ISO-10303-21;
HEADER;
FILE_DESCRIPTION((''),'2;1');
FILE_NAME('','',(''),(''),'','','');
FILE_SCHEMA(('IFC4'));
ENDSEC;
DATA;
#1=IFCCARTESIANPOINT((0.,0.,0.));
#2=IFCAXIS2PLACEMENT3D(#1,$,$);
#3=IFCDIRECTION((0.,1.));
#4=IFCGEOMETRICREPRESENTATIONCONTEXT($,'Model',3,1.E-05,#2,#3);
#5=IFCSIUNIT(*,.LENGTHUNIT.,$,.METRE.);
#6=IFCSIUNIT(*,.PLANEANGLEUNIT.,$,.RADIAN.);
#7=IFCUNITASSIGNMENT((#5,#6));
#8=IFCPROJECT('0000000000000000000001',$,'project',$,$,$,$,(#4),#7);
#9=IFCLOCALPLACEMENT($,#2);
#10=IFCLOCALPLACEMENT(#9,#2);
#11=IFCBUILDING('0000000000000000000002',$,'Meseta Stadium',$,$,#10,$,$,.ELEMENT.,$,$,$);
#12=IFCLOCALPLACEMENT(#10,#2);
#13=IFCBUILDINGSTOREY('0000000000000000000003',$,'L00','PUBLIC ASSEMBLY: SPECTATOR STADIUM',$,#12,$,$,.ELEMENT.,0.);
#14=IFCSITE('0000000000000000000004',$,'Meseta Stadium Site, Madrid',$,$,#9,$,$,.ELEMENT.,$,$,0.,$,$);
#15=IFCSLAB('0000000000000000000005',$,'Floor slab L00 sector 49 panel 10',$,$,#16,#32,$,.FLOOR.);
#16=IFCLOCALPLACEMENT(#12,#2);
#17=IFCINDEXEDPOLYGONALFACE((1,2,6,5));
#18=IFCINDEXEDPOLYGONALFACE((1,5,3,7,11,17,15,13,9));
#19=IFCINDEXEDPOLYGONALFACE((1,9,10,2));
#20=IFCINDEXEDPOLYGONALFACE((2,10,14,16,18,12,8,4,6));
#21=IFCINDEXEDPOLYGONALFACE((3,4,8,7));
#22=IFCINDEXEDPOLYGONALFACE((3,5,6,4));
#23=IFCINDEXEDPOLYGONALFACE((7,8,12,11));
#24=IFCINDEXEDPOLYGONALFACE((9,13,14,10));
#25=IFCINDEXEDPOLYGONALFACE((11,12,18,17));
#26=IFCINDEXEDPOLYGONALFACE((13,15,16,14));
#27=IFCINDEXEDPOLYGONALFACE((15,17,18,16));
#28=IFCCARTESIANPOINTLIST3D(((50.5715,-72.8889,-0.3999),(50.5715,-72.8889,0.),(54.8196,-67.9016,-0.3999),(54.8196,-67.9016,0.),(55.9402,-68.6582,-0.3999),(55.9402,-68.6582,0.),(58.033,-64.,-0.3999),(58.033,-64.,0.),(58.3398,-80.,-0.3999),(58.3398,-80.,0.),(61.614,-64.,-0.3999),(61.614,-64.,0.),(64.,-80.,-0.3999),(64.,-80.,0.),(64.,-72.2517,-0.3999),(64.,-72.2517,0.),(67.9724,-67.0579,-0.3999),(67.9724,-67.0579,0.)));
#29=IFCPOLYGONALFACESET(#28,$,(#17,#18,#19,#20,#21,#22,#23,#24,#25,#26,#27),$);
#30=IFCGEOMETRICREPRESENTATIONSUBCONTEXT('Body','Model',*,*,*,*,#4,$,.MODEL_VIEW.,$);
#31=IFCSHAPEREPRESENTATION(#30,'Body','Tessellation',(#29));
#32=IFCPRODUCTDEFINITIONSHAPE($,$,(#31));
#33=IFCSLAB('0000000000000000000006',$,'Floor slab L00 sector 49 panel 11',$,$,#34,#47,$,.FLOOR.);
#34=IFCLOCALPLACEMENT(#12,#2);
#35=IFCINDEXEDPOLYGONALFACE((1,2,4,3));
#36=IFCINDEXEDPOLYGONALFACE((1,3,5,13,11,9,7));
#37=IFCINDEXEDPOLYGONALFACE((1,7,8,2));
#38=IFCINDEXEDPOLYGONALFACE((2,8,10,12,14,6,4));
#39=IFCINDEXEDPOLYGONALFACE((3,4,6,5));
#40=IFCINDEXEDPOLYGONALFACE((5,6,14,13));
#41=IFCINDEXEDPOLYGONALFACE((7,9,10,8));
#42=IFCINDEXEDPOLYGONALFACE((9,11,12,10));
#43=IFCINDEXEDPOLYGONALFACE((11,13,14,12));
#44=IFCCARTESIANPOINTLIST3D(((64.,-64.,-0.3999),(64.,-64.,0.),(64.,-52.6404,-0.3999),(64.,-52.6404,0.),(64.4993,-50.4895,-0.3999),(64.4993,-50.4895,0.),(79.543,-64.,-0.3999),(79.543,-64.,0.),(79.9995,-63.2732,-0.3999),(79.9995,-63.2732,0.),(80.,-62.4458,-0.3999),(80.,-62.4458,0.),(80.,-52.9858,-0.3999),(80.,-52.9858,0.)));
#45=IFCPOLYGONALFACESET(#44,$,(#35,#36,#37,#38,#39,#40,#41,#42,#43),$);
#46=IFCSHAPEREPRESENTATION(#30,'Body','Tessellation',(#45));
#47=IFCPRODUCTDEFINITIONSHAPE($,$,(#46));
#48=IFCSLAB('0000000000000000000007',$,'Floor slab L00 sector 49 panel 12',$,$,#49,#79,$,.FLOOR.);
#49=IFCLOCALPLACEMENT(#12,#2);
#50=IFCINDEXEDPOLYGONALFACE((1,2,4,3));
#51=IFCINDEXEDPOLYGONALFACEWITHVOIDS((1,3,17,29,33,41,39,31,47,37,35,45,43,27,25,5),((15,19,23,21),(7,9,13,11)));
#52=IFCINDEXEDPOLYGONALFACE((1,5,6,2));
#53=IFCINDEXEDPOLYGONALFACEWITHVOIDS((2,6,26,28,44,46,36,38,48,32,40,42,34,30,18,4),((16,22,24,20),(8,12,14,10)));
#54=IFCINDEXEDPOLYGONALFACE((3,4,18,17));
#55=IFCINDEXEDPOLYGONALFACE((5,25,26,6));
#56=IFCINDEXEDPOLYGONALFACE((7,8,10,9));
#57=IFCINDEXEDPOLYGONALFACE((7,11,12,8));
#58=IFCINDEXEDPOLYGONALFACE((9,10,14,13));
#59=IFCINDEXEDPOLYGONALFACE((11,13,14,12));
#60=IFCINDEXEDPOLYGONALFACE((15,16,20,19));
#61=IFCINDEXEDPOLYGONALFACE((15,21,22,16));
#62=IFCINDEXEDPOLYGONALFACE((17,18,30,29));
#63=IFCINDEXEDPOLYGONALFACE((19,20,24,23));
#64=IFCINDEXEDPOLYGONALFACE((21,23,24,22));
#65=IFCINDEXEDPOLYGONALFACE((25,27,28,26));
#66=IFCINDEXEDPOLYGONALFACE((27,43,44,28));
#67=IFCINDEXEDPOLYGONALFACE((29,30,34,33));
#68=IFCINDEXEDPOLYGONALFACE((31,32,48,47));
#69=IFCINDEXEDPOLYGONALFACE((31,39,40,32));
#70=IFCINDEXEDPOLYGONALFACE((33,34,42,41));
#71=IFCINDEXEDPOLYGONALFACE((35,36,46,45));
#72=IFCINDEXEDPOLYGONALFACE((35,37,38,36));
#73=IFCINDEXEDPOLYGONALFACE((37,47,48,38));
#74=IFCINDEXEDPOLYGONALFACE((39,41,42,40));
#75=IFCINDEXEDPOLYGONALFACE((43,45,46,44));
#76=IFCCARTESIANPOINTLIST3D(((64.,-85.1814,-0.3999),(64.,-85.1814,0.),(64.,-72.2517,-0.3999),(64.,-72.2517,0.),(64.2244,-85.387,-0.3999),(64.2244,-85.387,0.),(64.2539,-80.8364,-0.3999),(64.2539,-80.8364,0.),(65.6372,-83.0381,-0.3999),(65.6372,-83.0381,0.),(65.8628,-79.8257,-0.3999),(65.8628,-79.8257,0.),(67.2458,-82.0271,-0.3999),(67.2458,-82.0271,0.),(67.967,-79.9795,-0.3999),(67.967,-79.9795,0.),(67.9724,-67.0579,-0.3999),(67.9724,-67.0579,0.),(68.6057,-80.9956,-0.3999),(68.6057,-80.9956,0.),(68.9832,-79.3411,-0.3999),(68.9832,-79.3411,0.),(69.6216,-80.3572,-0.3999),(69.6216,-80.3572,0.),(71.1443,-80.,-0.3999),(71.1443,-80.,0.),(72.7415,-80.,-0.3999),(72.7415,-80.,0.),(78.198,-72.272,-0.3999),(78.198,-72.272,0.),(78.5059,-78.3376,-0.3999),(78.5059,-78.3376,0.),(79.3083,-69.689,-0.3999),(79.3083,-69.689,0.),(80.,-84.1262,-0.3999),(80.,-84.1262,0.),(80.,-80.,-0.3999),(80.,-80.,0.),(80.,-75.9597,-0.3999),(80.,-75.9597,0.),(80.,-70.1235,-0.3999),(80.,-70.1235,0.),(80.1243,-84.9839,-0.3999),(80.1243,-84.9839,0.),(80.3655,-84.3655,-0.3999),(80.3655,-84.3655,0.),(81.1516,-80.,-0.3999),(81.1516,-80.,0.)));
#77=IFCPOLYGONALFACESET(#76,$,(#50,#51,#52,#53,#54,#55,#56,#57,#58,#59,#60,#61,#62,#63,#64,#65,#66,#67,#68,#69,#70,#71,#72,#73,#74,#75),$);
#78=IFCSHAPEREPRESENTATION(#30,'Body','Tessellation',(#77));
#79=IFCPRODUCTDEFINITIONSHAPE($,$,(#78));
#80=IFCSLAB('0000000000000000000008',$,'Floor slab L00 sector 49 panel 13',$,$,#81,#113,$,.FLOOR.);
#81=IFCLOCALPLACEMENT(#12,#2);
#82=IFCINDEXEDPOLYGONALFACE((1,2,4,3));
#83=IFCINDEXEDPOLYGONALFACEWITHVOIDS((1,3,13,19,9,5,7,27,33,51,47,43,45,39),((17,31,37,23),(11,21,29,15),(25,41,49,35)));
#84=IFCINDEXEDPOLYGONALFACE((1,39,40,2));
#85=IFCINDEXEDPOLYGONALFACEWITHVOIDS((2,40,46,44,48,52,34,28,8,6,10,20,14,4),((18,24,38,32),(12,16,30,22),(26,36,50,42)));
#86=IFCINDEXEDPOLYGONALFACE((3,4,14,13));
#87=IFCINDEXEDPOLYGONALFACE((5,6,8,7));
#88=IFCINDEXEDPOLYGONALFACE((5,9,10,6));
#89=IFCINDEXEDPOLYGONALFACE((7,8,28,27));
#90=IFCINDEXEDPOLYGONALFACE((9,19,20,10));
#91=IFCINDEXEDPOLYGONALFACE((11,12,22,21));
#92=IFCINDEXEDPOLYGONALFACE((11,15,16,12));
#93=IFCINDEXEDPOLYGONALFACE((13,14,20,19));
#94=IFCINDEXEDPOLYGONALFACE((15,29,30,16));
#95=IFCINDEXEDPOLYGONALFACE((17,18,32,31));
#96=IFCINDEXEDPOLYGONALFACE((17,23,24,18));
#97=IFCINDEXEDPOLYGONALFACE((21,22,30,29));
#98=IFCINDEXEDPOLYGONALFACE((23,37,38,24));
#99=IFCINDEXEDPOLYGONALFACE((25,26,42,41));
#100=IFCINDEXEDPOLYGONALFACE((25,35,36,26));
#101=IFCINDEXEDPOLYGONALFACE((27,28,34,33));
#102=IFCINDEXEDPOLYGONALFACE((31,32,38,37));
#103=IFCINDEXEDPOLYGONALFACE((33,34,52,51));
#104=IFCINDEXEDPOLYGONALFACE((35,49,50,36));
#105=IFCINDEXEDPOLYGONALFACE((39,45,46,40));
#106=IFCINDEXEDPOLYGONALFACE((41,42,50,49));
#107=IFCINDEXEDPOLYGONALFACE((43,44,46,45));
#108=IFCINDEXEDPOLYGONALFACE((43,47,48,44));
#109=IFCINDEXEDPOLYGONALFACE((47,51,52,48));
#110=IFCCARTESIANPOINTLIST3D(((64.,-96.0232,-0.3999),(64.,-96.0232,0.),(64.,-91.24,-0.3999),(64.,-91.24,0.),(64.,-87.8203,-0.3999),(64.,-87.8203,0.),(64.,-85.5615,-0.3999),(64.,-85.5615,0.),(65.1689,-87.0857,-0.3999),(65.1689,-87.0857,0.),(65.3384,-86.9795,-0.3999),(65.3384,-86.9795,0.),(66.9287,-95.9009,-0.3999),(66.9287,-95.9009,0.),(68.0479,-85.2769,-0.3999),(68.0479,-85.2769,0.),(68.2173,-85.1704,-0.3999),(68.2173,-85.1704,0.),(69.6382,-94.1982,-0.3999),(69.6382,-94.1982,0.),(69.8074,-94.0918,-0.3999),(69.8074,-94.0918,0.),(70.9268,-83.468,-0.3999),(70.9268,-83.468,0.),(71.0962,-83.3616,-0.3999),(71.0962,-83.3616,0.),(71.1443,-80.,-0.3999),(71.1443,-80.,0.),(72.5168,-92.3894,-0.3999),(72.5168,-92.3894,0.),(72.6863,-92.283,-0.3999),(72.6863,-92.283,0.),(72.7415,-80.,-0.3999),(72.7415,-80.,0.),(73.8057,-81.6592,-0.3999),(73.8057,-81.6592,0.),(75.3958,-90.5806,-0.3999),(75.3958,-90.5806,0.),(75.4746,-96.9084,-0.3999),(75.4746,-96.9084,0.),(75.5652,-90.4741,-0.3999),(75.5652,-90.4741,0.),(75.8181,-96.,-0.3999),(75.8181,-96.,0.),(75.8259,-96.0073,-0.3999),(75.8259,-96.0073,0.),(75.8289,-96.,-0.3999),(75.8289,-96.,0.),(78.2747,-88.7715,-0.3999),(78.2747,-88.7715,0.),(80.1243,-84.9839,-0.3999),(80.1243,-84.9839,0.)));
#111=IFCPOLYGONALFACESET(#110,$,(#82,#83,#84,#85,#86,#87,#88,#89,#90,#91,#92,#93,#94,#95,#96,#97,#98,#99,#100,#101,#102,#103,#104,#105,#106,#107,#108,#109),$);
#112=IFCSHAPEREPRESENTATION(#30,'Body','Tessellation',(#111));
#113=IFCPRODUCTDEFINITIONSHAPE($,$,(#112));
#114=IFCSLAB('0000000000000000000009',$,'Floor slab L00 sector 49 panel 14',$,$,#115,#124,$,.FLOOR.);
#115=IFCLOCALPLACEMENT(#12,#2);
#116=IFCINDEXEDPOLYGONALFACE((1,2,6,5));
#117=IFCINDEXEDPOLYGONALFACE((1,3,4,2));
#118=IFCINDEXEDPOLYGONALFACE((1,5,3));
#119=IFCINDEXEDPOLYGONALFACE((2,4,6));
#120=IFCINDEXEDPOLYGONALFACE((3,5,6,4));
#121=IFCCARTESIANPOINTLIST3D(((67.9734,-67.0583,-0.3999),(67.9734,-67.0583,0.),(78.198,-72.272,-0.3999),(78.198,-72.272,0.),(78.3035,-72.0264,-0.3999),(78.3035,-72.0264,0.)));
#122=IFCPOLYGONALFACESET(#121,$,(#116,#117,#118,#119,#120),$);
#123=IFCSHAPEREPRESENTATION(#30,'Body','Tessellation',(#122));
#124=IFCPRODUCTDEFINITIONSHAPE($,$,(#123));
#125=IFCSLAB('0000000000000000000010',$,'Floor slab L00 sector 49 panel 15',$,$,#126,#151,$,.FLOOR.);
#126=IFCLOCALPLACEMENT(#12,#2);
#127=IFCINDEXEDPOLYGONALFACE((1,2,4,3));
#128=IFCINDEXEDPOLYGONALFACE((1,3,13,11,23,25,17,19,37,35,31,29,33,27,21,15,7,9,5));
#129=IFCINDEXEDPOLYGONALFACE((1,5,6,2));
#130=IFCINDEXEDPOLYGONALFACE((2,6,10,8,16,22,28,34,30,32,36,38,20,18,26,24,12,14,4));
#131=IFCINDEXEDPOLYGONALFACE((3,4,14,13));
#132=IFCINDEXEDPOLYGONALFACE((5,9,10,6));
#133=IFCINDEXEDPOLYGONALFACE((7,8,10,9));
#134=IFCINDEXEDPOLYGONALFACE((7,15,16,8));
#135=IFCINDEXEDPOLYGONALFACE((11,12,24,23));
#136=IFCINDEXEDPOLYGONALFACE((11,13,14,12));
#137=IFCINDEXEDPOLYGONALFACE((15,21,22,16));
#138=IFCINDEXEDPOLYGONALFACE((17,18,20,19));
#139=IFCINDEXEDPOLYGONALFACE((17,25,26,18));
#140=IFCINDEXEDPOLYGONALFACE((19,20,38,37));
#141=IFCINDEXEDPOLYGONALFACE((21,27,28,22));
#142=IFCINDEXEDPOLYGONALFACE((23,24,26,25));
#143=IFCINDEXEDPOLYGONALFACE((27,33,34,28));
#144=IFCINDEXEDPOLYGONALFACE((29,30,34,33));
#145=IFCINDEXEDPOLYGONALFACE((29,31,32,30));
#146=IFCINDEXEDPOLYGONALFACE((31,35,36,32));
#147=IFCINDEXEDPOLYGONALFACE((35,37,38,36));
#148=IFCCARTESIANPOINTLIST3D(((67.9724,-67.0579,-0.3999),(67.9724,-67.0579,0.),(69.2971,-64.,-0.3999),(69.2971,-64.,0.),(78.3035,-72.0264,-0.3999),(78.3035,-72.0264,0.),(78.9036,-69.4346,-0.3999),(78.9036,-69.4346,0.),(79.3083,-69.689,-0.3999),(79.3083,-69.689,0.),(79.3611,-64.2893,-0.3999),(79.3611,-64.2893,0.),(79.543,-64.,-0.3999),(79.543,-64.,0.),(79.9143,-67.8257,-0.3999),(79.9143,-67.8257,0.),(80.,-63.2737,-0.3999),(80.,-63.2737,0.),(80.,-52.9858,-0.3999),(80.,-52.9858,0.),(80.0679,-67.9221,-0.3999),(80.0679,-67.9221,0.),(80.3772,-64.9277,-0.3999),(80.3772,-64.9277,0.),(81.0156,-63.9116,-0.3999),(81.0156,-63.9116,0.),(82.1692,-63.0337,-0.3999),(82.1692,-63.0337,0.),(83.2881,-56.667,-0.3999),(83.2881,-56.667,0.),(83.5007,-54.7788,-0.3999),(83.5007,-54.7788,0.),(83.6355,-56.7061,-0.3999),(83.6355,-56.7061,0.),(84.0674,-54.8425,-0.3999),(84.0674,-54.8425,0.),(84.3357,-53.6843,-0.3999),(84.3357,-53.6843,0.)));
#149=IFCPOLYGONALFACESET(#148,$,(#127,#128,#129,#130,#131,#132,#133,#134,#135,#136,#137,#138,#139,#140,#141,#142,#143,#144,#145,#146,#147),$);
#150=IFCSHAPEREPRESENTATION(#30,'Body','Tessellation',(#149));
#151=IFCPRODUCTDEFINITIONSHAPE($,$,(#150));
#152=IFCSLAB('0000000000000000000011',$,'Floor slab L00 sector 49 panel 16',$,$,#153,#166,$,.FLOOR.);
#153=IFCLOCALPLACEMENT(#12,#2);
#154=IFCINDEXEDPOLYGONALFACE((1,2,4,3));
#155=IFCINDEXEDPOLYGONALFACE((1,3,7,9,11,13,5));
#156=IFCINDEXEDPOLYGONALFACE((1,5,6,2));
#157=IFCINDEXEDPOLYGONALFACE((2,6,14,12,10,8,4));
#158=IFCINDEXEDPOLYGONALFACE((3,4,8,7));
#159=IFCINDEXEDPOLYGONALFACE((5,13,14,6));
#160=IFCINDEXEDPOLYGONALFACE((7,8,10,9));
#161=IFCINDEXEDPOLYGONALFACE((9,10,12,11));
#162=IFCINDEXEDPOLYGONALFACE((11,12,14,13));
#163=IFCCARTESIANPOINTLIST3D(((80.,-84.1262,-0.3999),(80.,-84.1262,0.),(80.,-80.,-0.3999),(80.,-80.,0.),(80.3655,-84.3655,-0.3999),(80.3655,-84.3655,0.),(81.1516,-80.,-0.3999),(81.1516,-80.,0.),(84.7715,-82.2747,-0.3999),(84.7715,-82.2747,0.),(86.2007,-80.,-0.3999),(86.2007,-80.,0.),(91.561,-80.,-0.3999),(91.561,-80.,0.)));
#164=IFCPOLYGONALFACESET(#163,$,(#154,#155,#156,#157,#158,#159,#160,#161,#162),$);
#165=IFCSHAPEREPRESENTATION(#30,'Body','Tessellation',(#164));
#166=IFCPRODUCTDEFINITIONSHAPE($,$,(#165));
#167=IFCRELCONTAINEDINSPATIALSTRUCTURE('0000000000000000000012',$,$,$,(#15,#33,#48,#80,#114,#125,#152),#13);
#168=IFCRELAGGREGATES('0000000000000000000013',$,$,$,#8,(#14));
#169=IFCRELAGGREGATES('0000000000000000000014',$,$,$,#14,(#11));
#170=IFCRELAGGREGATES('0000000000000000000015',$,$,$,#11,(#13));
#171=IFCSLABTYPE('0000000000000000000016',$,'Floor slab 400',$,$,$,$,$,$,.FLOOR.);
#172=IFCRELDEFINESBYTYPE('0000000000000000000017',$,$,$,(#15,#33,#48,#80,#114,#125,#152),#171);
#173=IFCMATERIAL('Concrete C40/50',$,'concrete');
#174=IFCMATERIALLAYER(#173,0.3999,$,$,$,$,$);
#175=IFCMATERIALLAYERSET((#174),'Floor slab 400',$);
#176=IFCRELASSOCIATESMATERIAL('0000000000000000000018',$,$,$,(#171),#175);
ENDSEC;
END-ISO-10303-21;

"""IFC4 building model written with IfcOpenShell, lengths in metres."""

from ifc_helpers import new_model, si_unit, direction, frame, origin, place, context, subcontext, project, spatial, polyline, outline, extrude, material, layer, layer_set, type_object, element, save


model = new_model("IFC4")

# Units and contexts
model_context = context("Model", 3, precision=1e-05, world=origin(), true_north=direction((0.0, 1.0)))
body_context = subcontext(model_context, "Body", "Model", "MODEL_VIEW")
ifc_project = project(units=[si_unit("LENGTHUNIT", "METRE"), si_unit("PLANEANGLEUNIT", "RADIAN")], contexts=[model_context])

# Site, building, storey
site_placement = place(None, origin())
site = spatial("IfcSite", under=ifc_project, at=site_placement, Name="Meseta Stadium Site, Madrid", CompositionType="ELEMENT", RefElevation=0.0)
building_placement = place(site_placement, origin())
building = spatial("IfcBuilding", under=site, at=building_placement, Name="Meseta Stadium", CompositionType="ELEMENT")
storey_placement = place(building_placement, origin())
storey = spatial("IfcBuildingStorey", under=building, at=storey_placement, Name="L00", Description="PUBLIC ASSEMBLY: SPECTATOR STADIUM", CompositionType="ELEMENT", Elevation=0.0)

# Slabs
ifc_material_1 = material(Name="Concrete C40/50", Category="concrete")
ifc_layer_1 = layer(ifc_material_1, 0.3999)
ifc_layer_set_1 = layer_set([ifc_layer_1], Name="Floor slab 400")
slab_type_1 = type_object("IfcSlabType", Name="Floor slab 400", PredefinedType="FLOOR", material=ifc_layer_set_1)
slab_1_placement = place(storey_placement, frame((0.0, 0.0, -0.3999)))
element("IfcSlab", 1, at=slab_1_placement, inside=storey, type_object=slab_type_1, Name="Floor slab L00 sector 49 panel 10", PredefinedType="FLOOR", context=body_context, shape_type="SweptSolid", body=[
    extrude(outline(polyline([(58.3398, -80.0), (64.0, -80.0), (64.0, -72.2517), (67.9724, -67.0579), (61.614, -64.0), (58.033, -64.0), (54.8196, -67.9016), (55.9402, -68.6582), (50.5715, -72.8889), (58.3398, -80.0)])), origin(), (0.0, 0.0, 1.0), 0.3999),
])
slab_2_placement = place(storey_placement, frame((0.0, 0.0, -0.3999)))
element("IfcSlab", 2, at=slab_2_placement, inside=storey, type_object=slab_type_1, Name="Floor slab L00 sector 49 panel 11", PredefinedType="FLOOR", context=body_context, shape_type="SweptSolid", body=[
    extrude(outline(polyline([(64.0, -64.0), (79.543, -64.0), (79.9995, -63.2732), (80.0, -62.4458), (80.0, -52.9858), (64.4993, -50.4895), (64.0, -52.6404), (64.0, -64.0)])), origin(), (0.0, 0.0, 1.0), 0.3999),
])
slab_3_placement = place(storey_placement, frame((0.0, 0.0, -0.3999)))
element("IfcSlab", 3, at=slab_3_placement, inside=storey, type_object=slab_type_1, Name="Floor slab L00 sector 49 panel 12", PredefinedType="FLOOR", context=body_context, shape_type="SweptSolid", body=[
    extrude(outline(polyline([(78.5059, -78.3376), (80.0, -75.9597), (80.0, -70.1235), (79.3083, -69.689), (78.198, -72.272), (67.9724, -67.0579), (64.0, -72.2517), (64.0, -85.1814), (64.2244, -85.387), (71.1443, -80.0), (72.7415, -80.0), (80.1243, -84.9839), (80.3655, -84.3655), (80.0, -84.1262), (80.0, -80.0), (81.1516, -80.0), (78.5059, -78.3376)]), holes=[polyline([(67.967, -79.9795), (68.9832, -79.3411), (69.6216, -80.3572), (68.6057, -80.9956), (67.967, -79.9795)]), polyline([(65.8628, -79.8257), (67.2458, -82.0271), (65.6372, -83.0381), (64.2539, -80.8364), (65.8628, -79.8257)])]), origin(), (0.0, 0.0, 1.0), 0.3999),
])
slab_4_placement = place(storey_placement, frame((0.0, 0.0, -0.3999)))
element("IfcSlab", 4, at=slab_4_placement, inside=storey, type_object=slab_type_1, Name="Floor slab L00 sector 49 panel 13", PredefinedType="FLOOR", context=body_context, shape_type="SweptSolid", body=[
    extrude(outline(polyline([(64.0, -91.24), (64.0, -96.0232), (75.4746, -96.9084), (75.8259, -96.0073), (75.8181, -96.0), (75.8289, -96.0), (80.1243, -84.9839), (72.7415, -80.0), (71.1443, -80.0), (64.0, -85.5615), (64.0, -87.8203), (65.1689, -87.0857), (69.6382, -94.1982), (66.9287, -95.9009), (64.0, -91.24)]), holes=[polyline([(65.3384, -86.9795), (68.0479, -85.2769), (72.5168, -92.3894), (69.8074, -94.0918), (65.3384, -86.9795)]), polyline([(68.2173, -85.1704), (70.9268, -83.468), (75.3958, -90.5806), (72.6863, -92.283), (68.2173, -85.1704)]), polyline([(71.0962, -83.3616), (73.8057, -81.6592), (78.2747, -88.7715), (75.5652, -90.4741), (71.0962, -83.3616)])]), origin(), (0.0, 0.0, 1.0), 0.3999),
])
slab_5_placement = place(storey_placement, frame((0.0, 0.0, -0.3999)))
element("IfcSlab", 5, at=slab_5_placement, inside=storey, type_object=slab_type_1, Name="Floor slab L00 sector 49 panel 14", PredefinedType="FLOOR", context=body_context, shape_type="SweptSolid", body=[
    extrude(outline(polyline([(67.9734, -67.0583), (78.198, -72.272), (78.3035, -72.0264), (67.9734, -67.0583)])), origin(), (0.0, 0.0, 1.0), 0.3999),
])
slab_6_placement = place(storey_placement, frame((0.0, 0.0, -0.3999)))
element("IfcSlab", 6, at=slab_6_placement, inside=storey, type_object=slab_type_1, Name="Floor slab L00 sector 49 panel 15", PredefinedType="FLOOR", context=body_context, shape_type="SweptSolid", body=[
    extrude(outline(polyline([(81.0156, -63.9116), (80.3772, -64.9277), (79.3611, -64.2893), (79.543, -64.0), (69.2971, -64.0), (67.9724, -67.0579), (78.3035, -72.0264), (79.3083, -69.689), (78.9036, -69.4346), (79.9143, -67.8257), (80.0679, -67.9221), (82.1692, -63.0337), (83.6355, -56.7061), (83.2881, -56.667), (83.5007, -54.7788), (84.0674, -54.8425), (84.3357, -53.6843), (80.0, -52.9858), (80.0, -63.2737), (81.0156, -63.9116)])), origin(), (0.0, 0.0, 1.0), 0.3999),
])
slab_7_placement = place(storey_placement, frame((0.0, 0.0, -0.3999)))
element("IfcSlab", 7, at=slab_7_placement, inside=storey, type_object=slab_type_1, Name="Floor slab L00 sector 49 panel 16", PredefinedType="FLOOR", context=body_context, shape_type="SweptSolid", body=[
    extrude(outline(polyline([(80.0, -80.0), (80.0, -84.1262), (80.3655, -84.3655), (91.561, -80.0), (86.2007, -80.0), (84.7715, -82.2747), (81.1516, -80.0), (80.0, -80.0)])), origin(), (0.0, 0.0, 1.0), 0.3999),
])

save(model, "model.ifc")
